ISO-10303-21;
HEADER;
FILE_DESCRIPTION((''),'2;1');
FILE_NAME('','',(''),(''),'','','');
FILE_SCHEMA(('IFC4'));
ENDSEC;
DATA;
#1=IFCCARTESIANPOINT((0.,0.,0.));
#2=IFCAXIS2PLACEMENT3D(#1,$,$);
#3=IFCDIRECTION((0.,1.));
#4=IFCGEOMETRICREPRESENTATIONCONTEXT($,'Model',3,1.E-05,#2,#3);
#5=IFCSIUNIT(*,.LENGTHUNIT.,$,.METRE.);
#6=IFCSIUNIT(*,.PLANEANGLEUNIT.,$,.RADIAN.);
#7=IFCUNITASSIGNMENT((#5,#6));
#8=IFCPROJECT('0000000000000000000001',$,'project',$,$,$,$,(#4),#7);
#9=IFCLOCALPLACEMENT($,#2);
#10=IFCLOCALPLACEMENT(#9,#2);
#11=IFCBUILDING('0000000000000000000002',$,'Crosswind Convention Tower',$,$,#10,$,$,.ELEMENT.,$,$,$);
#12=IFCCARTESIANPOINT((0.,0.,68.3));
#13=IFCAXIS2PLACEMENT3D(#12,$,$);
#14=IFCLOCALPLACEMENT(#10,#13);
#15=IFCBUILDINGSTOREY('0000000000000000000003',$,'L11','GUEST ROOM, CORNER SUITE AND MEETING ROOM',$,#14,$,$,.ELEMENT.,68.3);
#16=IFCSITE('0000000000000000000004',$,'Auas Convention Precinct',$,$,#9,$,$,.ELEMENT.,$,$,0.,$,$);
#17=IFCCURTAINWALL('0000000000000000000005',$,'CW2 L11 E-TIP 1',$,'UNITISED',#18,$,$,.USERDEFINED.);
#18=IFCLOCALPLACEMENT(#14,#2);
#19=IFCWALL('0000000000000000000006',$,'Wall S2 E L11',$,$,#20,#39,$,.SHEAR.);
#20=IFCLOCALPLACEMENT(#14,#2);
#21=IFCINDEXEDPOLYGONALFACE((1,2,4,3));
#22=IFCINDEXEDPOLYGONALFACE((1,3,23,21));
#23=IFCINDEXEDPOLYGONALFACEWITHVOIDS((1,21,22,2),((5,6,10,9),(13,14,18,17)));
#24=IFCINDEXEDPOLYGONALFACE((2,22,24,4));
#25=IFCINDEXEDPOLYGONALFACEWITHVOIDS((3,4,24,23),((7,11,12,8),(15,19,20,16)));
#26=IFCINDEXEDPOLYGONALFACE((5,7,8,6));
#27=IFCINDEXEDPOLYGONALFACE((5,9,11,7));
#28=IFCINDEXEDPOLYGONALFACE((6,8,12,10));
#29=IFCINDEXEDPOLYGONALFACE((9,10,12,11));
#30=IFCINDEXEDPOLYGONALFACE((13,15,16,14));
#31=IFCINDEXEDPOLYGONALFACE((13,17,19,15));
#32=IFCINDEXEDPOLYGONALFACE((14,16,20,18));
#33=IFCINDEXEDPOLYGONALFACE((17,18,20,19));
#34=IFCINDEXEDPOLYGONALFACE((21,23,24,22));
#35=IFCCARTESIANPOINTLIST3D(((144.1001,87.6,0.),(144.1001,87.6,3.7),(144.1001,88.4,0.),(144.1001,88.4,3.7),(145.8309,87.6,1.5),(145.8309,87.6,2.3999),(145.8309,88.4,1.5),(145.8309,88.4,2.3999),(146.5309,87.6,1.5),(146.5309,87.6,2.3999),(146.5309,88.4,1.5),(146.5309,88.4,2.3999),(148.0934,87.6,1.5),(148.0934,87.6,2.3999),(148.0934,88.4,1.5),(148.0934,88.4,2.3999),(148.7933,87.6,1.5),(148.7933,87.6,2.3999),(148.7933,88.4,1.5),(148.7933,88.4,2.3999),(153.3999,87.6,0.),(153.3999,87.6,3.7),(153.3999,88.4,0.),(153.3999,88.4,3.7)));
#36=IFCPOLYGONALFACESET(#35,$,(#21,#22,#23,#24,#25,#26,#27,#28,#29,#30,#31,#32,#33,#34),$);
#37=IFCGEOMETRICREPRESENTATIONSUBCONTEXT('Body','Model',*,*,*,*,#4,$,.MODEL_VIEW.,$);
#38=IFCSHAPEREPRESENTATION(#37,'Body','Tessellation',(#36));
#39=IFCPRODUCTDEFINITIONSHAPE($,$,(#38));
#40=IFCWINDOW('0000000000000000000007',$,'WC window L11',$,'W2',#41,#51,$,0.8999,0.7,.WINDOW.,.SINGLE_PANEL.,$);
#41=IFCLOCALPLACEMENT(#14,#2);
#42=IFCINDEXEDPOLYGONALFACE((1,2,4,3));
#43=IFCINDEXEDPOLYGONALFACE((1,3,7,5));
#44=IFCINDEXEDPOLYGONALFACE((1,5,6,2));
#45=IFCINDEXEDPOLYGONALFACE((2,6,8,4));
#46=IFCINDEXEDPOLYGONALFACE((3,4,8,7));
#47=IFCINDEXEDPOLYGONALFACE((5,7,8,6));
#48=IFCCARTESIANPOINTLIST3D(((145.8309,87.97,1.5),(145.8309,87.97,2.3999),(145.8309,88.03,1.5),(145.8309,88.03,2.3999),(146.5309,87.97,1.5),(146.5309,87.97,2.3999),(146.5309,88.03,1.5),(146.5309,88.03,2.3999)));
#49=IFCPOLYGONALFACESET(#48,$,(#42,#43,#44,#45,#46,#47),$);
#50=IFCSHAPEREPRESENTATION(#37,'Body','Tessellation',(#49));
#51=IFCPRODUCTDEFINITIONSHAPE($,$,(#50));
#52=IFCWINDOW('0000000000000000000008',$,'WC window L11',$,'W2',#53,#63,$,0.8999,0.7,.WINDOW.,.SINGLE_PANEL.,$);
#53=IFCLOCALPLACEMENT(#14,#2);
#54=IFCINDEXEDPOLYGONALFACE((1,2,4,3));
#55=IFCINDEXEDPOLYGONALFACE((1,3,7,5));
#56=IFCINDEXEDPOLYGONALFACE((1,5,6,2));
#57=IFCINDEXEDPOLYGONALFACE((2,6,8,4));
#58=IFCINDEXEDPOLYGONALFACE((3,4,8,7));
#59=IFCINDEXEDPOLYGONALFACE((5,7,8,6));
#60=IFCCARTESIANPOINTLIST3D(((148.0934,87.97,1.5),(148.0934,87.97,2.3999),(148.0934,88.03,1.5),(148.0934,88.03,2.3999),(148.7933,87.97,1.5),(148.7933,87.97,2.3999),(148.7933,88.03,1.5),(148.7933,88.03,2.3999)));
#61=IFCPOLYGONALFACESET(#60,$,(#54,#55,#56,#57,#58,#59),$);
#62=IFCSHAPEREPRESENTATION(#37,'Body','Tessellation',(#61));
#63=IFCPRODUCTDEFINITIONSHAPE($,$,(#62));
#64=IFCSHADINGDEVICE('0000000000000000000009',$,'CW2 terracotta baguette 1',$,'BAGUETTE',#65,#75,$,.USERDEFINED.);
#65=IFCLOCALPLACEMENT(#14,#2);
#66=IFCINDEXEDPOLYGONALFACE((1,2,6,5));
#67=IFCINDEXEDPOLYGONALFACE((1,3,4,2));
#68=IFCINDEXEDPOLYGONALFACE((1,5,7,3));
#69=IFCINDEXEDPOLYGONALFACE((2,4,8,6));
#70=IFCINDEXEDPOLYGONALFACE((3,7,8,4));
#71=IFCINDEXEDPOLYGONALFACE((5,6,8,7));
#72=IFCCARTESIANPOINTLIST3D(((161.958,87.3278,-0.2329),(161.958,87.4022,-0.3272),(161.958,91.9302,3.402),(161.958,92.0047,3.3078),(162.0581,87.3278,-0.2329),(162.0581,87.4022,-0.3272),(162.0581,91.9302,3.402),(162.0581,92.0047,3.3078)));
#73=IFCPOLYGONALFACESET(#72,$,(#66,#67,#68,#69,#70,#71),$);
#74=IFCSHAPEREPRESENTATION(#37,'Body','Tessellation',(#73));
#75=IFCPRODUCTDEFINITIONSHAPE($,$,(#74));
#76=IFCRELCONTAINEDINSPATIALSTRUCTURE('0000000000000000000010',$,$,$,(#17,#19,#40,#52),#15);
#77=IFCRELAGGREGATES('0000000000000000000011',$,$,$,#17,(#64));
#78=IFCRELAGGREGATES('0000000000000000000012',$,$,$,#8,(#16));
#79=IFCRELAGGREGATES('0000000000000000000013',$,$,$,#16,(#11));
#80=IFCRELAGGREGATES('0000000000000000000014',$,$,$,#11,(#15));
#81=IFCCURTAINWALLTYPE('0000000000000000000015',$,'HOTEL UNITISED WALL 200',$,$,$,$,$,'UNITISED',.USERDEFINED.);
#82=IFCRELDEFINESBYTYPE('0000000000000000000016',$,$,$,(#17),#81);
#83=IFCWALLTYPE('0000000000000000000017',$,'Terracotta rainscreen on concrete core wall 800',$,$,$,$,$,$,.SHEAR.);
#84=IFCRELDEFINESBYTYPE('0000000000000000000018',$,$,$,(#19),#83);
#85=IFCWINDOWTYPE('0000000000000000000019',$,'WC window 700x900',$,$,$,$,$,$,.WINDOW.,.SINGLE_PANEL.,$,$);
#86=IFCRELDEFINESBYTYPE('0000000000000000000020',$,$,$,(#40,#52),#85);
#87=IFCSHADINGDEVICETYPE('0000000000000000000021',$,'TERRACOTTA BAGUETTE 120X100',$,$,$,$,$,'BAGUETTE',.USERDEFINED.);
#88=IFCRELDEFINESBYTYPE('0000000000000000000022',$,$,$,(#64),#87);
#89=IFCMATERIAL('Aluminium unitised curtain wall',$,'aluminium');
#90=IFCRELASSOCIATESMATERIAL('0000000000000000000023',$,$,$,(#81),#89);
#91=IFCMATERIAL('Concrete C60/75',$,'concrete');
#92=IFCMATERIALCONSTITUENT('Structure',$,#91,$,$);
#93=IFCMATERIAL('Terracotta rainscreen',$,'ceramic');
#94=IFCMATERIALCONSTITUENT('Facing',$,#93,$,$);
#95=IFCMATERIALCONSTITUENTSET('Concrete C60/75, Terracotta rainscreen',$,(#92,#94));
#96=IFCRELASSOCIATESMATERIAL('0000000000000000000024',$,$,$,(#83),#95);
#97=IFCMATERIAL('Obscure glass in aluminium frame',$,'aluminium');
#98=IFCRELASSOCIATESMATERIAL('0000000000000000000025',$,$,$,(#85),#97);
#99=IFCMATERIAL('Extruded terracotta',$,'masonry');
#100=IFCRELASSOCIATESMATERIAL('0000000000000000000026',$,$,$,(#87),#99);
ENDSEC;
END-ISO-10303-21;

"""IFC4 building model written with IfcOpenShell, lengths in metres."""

from ifc_helpers import new_model, si_unit, direction, frame, frame_2d, origin, origin_2d, place, context, subcontext, project, spatial, rectangle, extrude, material, constituent, constituent_set, material_profile, profile_set, type_object, element, fill, aggregate, save


model = new_model("IFC4")

# Units and contexts
model_context = context("Model", 3, precision=1e-05, world=origin(), true_north=direction((0.0, 1.0)))
body_context = subcontext(model_context, "Body", "Model", "MODEL_VIEW")
ifc_project = project(units=[si_unit("LENGTHUNIT", "METRE"), si_unit("PLANEANGLEUNIT", "RADIAN")], contexts=[model_context])

# Site, building, storey
site_placement = place(None, origin())
site = spatial("IfcSite", under=ifc_project, at=site_placement, Name="Auas Convention Precinct", CompositionType="ELEMENT", RefElevation=0.0)
building_placement = place(site_placement, origin())
building = spatial("IfcBuilding", under=site, at=building_placement, Name="Crosswind Convention Tower", CompositionType="ELEMENT")
storey_placement = place(building_placement, frame((0.0, 0.0, 68.3)))
storey = spatial("IfcBuildingStorey", under=building, at=storey_placement, Name="L11", Description="GUEST ROOM, CORNER SUITE AND MEETING ROOM", CompositionType="ELEMENT", Elevation=68.3)

# Shared definitions
ifc_material_1 = material(Name="Concrete C60/75", Category="concrete")

# Shared definitions
ifc_material_2 = material(Name="Aluminium unitised curtain wall", Category="aluminium")

# Curtain wall
curtain_wall_type_1 = type_object("IfcCurtainWallType", Name="HOTEL UNITISED WALL 200", ElementType="UNITISED", PredefinedType="USERDEFINED", material=ifc_material_2)
curtain_wall_1_placement = place(storey_placement, origin())
curtain_wall_1 = element("IfcCurtainWall", 1, at=curtain_wall_1_placement, inside=storey, type_object=curtain_wall_type_1, Name="CW2 L11 E-TIP 1", ObjectType="UNITISED", PredefinedType="USERDEFINED")

# Wall, openings, windows
ifc_constituent_1 = constituent(ifc_material_1, Name="Structure")
ifc_material_3 = material(Name="Terracotta rainscreen", Category="ceramic")
ifc_constituent_2 = constituent(ifc_material_3, Name="Facing")
ifc_constituent_set = constituent_set(constituents=[ifc_constituent_1, ifc_constituent_2], Name="Concrete C60/75, Terracotta rainscreen")
wall_type_1 = type_object("IfcWallType", Name="Terracotta rainscreen on concrete core wall 800", PredefinedType="SHEAR", material=ifc_constituent_set)
wall_1_placement = place(storey_placement, frame((144.1001, 88.0, 0.0), z_axis=(0.0, 0.0, 1.0), x_axis=(1.0, 0.0, 0.0)))
wall_1 = element("IfcWall", 2, at=wall_1_placement, inside=storey, type_object=wall_type_1, Name="Wall S2 E L11", PredefinedType="SHEAR", context=body_context, shape_type="SweptSolid", body=[
    extrude(rectangle(XDim=9.2998, YDim=0.8, at=frame_2d((4.6499, 0.0))), origin(), (0.0, 0.0, 1.0), 3.7),
])
opening_1_placement = place(wall_1_placement, frame((1.7307, 0.0, 1.5)))
opening_1 = element("IfcOpeningElement", 3, at=opening_1_placement, cuts=wall_1, PredefinedType="OPENING", context=body_context, shape_type="SweptSolid", body=[
    extrude(rectangle(XDim=0.7, YDim=0.8999, at=frame_2d((0.3501, 0.45))), frame((0.0, 0.4099, 0.0), z_axis=(0.0, -1.0, 0.0), x_axis=(1.0, 0.0, 0.0)), (0.0, 0.0, 1.0), 0.8201),
])
opening_2_placement = place(wall_1_placement, frame((3.9932, 0.0, 1.5)))
opening_2 = element("IfcOpeningElement", 4, at=opening_2_placement, cuts=wall_1, PredefinedType="OPENING", context=body_context, shape_type="SweptSolid", body=[
    extrude(rectangle(XDim=0.7, YDim=0.8999, at=frame_2d((0.3501, 0.45))), frame((0.0, 0.4099, 0.0), z_axis=(0.0, -1.0, 0.0), x_axis=(1.0, 0.0, 0.0)), (0.0, 0.0, 1.0), 0.8201),
])
ifc_material_4 = material(Name="Obscure glass in aluminium frame", Category="aluminium")
window_type = type_object("IfcWindowType", Name="WC window 700x900", PartitioningType="SINGLE_PANEL", PredefinedType="WINDOW", material=ifc_material_4)
window_1_placement = place(opening_1_placement, origin())
window_1 = element("IfcWindow", 5, at=window_1_placement, inside=storey, type_object=window_type, Name="WC window L11", ObjectType="W2", OverallHeight=0.8999, OverallWidth=0.7, PartitioningType="SINGLE_PANEL", PredefinedType="WINDOW", context=body_context, shape_type="SweptSolid", body=[
    extrude(rectangle(XDim=0.7, YDim=0.8999, at=frame_2d((0.3501, 0.45))), frame((0.0, 0.03, 0.0), z_axis=(0.0, -1.0, 0.0), x_axis=(1.0, 0.0, 0.0)), (0.0, 0.0, 1.0), 0.0601),
])
fill(opening_1, window_1)
window_2_placement = place(opening_2_placement, origin())
window_2 = element("IfcWindow", 6, at=window_2_placement, inside=storey, type_object=window_type, Name="WC window L11", ObjectType="W2", OverallHeight=0.8999, OverallWidth=0.7, PartitioningType="SINGLE_PANEL", PredefinedType="WINDOW", context=body_context, shape_type="SweptSolid", body=[
    extrude(rectangle(XDim=0.7, YDim=0.8999, at=frame_2d((0.3501, 0.45))), frame((0.0, 0.03, 0.0), z_axis=(0.0, -1.0, 0.0), x_axis=(1.0, 0.0, 0.0)), (0.0, 0.0, 1.0), 0.0601),
])
fill(opening_2, window_2)

# Shading device
ifc_material_5 = material(Name="Extruded terracotta", Category="masonry")
ifc_material_profile_1 = material_profile(ifc_material_5, rectangle(XDim=0.1001, YDim=0.1201, at=origin_2d()), Name="TC 100X120")
ifc_profile_set_1 = profile_set([ifc_material_profile_1], Name="Extruded terracotta")
shading_device_type = type_object("IfcShadingDeviceType", Name="TERRACOTTA BAGUETTE 120X100", ElementType="BAGUETTE", PredefinedType="USERDEFINED", material=ifc_profile_set_1)
shading_device_placement = place(storey_placement, frame((162.0081, 87.365, -0.28), z_axis=(0.0, 0.784764, 0.619794), x_axis=(-1.0, 0.0, 0.0)))
shading_device = element("IfcShadingDevice", 7, at=shading_device_placement, type_object=shading_device_type, Name="CW2 terracotta baguette 1", ObjectType="BAGUETTE", PredefinedType="USERDEFINED", context=body_context, shape_type="SweptSolid", body=[
    extrude(rectangle(XDim=0.1001, YDim=0.1201, at=origin_2d()), origin(), (0.0, 0.0, 1.0), 5.8647),
])
aggregate(curtain_wall_1, [shading_device])

save(model, "model.ifc")
